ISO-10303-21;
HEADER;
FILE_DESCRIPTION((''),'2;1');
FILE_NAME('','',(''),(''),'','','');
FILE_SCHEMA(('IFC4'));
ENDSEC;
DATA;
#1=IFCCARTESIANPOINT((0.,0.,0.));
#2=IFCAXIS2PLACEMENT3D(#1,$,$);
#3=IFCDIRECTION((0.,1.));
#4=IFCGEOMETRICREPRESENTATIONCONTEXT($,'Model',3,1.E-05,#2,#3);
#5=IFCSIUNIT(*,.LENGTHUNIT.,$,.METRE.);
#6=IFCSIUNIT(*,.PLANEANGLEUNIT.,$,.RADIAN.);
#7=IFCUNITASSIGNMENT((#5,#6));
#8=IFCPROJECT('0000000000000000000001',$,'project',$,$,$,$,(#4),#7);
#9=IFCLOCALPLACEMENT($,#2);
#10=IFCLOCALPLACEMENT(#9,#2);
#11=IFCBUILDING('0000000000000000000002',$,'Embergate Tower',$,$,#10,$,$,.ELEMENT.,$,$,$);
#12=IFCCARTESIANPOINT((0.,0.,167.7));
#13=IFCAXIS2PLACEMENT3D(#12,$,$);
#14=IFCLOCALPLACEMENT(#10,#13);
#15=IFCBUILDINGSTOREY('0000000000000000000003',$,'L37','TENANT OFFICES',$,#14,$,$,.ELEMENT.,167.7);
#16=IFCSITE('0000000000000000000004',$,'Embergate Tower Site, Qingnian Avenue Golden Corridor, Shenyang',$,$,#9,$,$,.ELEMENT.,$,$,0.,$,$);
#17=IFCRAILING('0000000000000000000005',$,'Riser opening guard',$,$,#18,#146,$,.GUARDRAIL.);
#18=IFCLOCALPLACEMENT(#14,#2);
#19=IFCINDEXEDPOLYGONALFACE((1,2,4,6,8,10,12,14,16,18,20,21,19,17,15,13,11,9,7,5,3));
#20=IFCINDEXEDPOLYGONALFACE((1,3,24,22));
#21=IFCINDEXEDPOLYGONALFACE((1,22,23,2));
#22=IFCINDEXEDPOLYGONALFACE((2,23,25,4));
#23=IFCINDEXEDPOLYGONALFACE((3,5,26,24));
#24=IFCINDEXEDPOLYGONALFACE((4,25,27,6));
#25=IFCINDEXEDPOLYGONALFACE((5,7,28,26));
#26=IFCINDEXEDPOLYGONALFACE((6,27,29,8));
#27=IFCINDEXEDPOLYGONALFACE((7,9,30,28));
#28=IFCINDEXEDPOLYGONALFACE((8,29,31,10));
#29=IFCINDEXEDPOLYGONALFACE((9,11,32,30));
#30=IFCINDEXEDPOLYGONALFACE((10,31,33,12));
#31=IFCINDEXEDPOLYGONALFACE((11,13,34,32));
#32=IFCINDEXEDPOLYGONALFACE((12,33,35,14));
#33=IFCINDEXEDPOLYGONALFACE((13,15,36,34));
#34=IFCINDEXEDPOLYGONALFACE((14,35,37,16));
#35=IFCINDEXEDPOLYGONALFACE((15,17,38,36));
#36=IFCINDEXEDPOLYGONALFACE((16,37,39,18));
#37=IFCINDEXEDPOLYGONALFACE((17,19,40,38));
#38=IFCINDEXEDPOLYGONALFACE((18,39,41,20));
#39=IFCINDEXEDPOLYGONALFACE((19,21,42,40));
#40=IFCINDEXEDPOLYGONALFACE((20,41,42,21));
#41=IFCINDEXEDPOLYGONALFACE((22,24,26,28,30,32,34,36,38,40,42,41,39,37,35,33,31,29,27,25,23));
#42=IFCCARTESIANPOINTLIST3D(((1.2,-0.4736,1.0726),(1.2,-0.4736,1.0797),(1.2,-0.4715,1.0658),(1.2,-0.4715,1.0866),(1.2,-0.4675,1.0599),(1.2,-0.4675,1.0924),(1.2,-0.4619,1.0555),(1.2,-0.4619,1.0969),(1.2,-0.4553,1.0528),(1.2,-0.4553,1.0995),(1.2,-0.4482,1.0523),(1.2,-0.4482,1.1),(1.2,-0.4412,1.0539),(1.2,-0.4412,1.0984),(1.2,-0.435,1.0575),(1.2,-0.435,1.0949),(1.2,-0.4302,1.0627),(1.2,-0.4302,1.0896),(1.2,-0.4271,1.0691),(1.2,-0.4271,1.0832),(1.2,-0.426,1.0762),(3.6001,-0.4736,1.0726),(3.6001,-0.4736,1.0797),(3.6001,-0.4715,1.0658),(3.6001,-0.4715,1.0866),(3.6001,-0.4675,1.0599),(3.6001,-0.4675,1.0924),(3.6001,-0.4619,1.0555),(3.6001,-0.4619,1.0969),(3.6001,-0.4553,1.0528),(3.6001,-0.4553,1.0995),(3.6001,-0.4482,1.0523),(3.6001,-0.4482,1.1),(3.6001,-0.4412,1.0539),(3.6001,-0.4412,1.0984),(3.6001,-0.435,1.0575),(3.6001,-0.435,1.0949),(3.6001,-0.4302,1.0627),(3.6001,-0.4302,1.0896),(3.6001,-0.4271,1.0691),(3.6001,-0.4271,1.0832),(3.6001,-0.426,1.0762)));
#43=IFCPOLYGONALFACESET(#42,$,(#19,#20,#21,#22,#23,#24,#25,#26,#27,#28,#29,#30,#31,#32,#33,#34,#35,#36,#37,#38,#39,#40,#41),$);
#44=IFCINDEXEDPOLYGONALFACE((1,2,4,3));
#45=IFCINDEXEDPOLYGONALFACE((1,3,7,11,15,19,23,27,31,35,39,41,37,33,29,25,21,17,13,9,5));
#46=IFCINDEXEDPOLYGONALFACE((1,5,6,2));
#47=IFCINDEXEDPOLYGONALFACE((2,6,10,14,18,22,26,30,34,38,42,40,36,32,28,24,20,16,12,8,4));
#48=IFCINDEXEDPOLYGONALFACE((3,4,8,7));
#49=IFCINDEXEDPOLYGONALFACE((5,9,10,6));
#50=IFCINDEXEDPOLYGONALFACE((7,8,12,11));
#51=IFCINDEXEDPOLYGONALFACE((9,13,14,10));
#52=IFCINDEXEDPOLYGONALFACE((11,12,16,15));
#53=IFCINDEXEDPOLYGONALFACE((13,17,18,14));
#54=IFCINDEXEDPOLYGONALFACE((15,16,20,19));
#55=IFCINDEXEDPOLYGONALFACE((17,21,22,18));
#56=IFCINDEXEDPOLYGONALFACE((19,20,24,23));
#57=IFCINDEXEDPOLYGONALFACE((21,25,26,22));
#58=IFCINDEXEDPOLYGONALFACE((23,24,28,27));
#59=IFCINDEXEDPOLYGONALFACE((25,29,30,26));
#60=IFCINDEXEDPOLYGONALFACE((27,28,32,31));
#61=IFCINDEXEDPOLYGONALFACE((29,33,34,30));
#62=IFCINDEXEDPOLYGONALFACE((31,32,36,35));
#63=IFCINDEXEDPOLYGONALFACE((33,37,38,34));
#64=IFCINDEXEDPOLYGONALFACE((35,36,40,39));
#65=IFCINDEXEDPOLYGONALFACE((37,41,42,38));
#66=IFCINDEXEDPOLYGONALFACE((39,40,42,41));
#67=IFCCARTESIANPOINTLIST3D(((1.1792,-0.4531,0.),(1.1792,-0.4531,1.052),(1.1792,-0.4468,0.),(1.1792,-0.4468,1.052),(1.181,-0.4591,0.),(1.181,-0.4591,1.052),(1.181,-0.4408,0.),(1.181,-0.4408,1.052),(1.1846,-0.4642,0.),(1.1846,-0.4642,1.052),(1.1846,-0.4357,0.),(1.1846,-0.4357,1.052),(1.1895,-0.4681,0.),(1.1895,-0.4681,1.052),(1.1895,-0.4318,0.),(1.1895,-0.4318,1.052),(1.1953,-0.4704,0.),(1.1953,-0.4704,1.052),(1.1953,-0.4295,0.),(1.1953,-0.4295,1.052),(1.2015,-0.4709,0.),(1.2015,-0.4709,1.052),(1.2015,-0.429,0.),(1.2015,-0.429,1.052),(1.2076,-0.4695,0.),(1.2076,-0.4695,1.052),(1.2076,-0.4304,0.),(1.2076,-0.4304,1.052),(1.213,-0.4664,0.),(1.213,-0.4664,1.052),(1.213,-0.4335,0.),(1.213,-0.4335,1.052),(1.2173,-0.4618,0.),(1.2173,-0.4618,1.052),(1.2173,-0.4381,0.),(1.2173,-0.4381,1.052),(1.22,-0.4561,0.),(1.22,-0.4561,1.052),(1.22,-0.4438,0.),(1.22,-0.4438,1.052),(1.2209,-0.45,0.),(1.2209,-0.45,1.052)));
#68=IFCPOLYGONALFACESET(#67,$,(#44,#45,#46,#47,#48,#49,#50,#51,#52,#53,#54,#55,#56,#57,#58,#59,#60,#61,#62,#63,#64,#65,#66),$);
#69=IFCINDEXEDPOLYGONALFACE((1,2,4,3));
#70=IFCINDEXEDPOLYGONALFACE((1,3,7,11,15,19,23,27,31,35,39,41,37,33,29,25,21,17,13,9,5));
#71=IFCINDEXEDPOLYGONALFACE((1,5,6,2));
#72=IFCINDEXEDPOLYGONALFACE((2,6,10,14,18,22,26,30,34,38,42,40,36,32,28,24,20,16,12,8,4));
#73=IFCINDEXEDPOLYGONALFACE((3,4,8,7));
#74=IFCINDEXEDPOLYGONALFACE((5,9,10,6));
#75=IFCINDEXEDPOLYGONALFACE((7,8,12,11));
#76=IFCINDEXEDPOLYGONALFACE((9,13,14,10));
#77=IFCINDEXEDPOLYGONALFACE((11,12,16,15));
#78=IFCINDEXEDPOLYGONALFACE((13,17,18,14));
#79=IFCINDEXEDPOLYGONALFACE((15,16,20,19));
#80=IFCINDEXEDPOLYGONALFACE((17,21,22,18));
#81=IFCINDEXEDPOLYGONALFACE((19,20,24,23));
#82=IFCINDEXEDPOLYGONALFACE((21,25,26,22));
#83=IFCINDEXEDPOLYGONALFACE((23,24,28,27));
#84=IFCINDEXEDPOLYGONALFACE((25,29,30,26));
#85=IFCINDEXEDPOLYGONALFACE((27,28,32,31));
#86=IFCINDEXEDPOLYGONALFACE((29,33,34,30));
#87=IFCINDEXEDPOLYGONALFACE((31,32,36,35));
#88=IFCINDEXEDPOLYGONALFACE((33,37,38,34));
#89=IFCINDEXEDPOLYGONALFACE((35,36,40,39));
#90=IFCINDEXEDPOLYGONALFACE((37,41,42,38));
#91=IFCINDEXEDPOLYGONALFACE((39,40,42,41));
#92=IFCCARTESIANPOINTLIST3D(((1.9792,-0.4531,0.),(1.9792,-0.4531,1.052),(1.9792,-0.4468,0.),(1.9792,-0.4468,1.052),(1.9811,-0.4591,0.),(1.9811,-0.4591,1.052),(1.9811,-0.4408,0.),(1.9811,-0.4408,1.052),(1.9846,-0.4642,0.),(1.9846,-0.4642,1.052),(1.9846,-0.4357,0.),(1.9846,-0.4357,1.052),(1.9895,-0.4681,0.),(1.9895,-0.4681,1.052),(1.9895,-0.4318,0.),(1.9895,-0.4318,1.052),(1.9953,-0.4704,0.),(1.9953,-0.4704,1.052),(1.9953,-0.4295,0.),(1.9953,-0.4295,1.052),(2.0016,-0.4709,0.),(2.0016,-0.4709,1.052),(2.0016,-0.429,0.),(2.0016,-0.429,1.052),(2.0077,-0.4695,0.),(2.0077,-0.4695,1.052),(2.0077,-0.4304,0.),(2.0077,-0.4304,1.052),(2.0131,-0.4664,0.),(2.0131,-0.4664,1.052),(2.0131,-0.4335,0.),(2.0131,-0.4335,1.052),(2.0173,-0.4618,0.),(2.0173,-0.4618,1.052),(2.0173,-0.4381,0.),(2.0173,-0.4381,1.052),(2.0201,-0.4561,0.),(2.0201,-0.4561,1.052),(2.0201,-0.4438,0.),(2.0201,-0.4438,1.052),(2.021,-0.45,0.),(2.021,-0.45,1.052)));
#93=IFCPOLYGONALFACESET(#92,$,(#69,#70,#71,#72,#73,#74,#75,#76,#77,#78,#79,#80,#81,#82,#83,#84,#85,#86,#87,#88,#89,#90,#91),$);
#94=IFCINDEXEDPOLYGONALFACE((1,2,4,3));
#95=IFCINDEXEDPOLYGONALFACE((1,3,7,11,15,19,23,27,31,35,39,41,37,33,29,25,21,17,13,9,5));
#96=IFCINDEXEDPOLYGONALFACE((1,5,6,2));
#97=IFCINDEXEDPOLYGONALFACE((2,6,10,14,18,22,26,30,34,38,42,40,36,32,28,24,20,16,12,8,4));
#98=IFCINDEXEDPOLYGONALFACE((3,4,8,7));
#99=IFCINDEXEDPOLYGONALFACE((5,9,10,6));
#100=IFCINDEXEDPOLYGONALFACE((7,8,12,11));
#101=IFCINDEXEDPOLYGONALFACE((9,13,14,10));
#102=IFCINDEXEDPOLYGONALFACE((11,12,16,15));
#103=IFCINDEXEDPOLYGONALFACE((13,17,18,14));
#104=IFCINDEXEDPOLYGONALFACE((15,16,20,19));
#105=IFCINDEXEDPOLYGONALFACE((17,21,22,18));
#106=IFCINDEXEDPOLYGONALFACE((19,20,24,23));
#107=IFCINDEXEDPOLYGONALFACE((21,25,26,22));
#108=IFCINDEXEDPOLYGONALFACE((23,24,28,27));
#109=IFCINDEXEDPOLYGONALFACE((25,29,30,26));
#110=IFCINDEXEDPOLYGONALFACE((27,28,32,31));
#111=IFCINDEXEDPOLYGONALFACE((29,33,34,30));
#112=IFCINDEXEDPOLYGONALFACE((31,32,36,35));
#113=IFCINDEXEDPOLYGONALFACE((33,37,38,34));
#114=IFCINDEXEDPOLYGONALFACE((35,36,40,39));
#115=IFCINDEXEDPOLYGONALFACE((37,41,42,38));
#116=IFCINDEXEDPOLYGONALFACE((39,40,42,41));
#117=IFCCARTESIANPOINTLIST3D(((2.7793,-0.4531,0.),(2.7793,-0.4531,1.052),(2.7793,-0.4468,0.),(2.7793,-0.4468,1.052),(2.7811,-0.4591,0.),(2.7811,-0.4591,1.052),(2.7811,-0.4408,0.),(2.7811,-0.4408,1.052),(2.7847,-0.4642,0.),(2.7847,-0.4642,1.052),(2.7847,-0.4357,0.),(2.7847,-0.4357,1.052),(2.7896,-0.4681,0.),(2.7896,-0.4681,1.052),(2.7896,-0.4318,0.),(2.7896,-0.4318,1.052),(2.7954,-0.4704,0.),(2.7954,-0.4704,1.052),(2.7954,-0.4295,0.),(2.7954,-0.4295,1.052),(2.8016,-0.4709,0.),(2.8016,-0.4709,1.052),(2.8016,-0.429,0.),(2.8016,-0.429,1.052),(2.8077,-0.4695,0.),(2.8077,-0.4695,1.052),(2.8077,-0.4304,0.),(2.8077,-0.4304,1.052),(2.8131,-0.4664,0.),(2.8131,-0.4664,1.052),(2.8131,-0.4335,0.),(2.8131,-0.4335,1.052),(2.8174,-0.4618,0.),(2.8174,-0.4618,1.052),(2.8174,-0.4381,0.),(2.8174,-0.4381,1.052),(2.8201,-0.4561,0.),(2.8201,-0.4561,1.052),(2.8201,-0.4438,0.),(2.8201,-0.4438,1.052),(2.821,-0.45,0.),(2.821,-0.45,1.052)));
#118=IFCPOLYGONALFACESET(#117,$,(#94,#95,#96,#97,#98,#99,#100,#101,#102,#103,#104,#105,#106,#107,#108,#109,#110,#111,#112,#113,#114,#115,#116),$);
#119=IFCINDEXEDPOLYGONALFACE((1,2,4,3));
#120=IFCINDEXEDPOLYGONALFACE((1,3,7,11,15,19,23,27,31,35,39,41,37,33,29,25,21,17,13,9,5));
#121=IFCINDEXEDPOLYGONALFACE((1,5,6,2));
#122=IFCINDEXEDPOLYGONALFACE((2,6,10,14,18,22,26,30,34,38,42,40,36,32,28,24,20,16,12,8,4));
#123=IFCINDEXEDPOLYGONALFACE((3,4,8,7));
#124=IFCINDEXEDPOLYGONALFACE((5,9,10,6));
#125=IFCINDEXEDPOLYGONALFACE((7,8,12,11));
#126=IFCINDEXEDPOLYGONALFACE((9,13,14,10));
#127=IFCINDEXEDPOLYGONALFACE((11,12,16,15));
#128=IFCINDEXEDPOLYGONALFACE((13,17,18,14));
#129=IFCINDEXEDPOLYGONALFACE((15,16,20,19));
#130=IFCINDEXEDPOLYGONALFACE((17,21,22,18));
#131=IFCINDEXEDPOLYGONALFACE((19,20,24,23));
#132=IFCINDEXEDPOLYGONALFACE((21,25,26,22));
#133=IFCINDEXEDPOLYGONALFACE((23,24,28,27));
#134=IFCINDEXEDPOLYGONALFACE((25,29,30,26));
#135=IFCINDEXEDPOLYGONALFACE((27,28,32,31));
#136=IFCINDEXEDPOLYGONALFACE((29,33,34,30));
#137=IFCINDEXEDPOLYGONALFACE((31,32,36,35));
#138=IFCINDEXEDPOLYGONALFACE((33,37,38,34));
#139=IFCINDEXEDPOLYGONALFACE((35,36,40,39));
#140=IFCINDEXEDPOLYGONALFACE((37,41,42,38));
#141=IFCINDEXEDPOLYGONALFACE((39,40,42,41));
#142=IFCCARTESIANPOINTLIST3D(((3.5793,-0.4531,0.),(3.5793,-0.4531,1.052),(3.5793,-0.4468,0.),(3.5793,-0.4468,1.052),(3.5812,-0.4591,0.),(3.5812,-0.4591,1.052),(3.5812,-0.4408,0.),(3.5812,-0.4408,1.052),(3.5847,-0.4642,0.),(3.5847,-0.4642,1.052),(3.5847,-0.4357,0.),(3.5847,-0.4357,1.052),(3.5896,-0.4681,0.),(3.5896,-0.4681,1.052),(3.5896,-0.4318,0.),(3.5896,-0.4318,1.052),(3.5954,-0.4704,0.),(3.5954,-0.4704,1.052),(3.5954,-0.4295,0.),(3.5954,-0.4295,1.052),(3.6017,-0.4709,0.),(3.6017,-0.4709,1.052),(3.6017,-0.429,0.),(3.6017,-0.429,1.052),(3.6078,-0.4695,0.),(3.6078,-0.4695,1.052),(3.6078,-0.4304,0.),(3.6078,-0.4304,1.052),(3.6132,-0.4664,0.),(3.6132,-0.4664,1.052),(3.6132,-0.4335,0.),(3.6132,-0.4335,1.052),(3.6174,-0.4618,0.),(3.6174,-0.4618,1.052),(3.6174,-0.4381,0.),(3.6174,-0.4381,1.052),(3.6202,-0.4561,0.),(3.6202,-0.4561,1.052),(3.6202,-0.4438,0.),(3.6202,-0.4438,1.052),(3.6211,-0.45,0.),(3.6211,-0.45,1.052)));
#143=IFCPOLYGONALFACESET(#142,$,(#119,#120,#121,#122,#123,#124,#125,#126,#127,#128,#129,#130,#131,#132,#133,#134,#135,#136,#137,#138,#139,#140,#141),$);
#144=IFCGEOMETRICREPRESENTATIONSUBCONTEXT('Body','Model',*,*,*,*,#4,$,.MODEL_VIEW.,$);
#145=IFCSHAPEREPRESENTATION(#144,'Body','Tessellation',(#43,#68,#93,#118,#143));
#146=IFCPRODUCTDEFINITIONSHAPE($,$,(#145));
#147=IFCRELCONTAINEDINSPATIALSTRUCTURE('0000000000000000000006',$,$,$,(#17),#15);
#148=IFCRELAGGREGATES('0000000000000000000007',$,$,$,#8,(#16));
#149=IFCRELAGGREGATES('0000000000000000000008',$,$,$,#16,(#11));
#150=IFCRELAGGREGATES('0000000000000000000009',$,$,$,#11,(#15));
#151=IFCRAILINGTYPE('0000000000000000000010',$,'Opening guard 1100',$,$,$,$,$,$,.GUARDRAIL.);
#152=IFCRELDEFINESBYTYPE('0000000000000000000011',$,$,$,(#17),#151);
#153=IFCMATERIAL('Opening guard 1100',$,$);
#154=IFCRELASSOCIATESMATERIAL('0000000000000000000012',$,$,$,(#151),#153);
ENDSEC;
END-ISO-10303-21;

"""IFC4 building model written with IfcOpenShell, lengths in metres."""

from ifc_helpers import new_model, si_unit, direction, frame, origin, origin_2d, place, context, subcontext, project, spatial, circle, extrude, source, transform, mapped, material, type_object, element, save


model = new_model("IFC4")

# Units and contexts
model_context = context("Model", 3, precision=1e-05, world=origin(), true_north=direction((0.0, 1.0)))
body_context = subcontext(model_context, "Body", "Model", "MODEL_VIEW")
ifc_project = project(units=[si_unit("LENGTHUNIT", "METRE"), si_unit("PLANEANGLEUNIT", "RADIAN")], contexts=[model_context])

# Site, building, storey
site_placement = place(None, origin())
site = spatial("IfcSite", under=ifc_project, at=site_placement, Name="Embergate Tower Site, Qingnian Avenue Golden Corridor, Shenyang", CompositionType="ELEMENT", RefElevation=0.0)
building_placement = place(site_placement, origin())
building = spatial("IfcBuilding", under=site, at=building_placement, Name="Embergate Tower", CompositionType="ELEMENT")
storey_placement = place(building_placement, frame((0.0, 0.0, 167.7)))
storey = spatial("IfcBuildingStorey", under=building, at=storey_placement, Name="L37", Description="TENANT OFFICES", CompositionType="ELEMENT", Elevation=167.7)

# Railing
ifc_material_1 = material(Name="Opening guard 1100")
railing_type_1 = type_object("IfcRailingType", Name="Opening guard 1100", PredefinedType="GUARDRAIL", material=ifc_material_1)
shared_shape_1 = source(origin(), body_context, "Body", "SweptSolid", [
    extrude(circle(Radius=0.0239, at=origin_2d()), frame((0.0, 0.0, 1.0762), z_axis=(1.0, 0.0, 0.0), x_axis=(0.0, 1.0, 0.0)), (0.0, 0.0, 1.0), 2.4001),
    extrude(circle(Radius=0.021, at=origin_2d()), origin(), (0.0, 0.0, 1.0), 1.052),
    extrude(circle(Radius=0.021, at=origin_2d()), frame((0.8, 0.0, 0.0)), (0.0, 0.0, 1.0), 1.052),
    extrude(circle(Radius=0.021, at=origin_2d()), frame((1.6001, 0.0, 0.0)), (0.0, 0.0, 1.0), 1.052),
    extrude(circle(Radius=0.021, at=origin_2d()), frame((2.4001, 0.0, 0.0)), (0.0, 0.0, 1.0), 1.052),
])
railing_1_placement = place(storey_placement, frame((1.2, -0.45, 0.0)))
element("IfcRailing", 1, at=railing_1_placement, inside=storey, type_object=railing_type_1, Name="Riser opening guard", PredefinedType="GUARDRAIL", context=body_context, shape_type="MappedRepresentation", body=[
    mapped(shared_shape_1, transform((0.0, 0.0, 0.0))),
])

save(model, "model.ifc")
